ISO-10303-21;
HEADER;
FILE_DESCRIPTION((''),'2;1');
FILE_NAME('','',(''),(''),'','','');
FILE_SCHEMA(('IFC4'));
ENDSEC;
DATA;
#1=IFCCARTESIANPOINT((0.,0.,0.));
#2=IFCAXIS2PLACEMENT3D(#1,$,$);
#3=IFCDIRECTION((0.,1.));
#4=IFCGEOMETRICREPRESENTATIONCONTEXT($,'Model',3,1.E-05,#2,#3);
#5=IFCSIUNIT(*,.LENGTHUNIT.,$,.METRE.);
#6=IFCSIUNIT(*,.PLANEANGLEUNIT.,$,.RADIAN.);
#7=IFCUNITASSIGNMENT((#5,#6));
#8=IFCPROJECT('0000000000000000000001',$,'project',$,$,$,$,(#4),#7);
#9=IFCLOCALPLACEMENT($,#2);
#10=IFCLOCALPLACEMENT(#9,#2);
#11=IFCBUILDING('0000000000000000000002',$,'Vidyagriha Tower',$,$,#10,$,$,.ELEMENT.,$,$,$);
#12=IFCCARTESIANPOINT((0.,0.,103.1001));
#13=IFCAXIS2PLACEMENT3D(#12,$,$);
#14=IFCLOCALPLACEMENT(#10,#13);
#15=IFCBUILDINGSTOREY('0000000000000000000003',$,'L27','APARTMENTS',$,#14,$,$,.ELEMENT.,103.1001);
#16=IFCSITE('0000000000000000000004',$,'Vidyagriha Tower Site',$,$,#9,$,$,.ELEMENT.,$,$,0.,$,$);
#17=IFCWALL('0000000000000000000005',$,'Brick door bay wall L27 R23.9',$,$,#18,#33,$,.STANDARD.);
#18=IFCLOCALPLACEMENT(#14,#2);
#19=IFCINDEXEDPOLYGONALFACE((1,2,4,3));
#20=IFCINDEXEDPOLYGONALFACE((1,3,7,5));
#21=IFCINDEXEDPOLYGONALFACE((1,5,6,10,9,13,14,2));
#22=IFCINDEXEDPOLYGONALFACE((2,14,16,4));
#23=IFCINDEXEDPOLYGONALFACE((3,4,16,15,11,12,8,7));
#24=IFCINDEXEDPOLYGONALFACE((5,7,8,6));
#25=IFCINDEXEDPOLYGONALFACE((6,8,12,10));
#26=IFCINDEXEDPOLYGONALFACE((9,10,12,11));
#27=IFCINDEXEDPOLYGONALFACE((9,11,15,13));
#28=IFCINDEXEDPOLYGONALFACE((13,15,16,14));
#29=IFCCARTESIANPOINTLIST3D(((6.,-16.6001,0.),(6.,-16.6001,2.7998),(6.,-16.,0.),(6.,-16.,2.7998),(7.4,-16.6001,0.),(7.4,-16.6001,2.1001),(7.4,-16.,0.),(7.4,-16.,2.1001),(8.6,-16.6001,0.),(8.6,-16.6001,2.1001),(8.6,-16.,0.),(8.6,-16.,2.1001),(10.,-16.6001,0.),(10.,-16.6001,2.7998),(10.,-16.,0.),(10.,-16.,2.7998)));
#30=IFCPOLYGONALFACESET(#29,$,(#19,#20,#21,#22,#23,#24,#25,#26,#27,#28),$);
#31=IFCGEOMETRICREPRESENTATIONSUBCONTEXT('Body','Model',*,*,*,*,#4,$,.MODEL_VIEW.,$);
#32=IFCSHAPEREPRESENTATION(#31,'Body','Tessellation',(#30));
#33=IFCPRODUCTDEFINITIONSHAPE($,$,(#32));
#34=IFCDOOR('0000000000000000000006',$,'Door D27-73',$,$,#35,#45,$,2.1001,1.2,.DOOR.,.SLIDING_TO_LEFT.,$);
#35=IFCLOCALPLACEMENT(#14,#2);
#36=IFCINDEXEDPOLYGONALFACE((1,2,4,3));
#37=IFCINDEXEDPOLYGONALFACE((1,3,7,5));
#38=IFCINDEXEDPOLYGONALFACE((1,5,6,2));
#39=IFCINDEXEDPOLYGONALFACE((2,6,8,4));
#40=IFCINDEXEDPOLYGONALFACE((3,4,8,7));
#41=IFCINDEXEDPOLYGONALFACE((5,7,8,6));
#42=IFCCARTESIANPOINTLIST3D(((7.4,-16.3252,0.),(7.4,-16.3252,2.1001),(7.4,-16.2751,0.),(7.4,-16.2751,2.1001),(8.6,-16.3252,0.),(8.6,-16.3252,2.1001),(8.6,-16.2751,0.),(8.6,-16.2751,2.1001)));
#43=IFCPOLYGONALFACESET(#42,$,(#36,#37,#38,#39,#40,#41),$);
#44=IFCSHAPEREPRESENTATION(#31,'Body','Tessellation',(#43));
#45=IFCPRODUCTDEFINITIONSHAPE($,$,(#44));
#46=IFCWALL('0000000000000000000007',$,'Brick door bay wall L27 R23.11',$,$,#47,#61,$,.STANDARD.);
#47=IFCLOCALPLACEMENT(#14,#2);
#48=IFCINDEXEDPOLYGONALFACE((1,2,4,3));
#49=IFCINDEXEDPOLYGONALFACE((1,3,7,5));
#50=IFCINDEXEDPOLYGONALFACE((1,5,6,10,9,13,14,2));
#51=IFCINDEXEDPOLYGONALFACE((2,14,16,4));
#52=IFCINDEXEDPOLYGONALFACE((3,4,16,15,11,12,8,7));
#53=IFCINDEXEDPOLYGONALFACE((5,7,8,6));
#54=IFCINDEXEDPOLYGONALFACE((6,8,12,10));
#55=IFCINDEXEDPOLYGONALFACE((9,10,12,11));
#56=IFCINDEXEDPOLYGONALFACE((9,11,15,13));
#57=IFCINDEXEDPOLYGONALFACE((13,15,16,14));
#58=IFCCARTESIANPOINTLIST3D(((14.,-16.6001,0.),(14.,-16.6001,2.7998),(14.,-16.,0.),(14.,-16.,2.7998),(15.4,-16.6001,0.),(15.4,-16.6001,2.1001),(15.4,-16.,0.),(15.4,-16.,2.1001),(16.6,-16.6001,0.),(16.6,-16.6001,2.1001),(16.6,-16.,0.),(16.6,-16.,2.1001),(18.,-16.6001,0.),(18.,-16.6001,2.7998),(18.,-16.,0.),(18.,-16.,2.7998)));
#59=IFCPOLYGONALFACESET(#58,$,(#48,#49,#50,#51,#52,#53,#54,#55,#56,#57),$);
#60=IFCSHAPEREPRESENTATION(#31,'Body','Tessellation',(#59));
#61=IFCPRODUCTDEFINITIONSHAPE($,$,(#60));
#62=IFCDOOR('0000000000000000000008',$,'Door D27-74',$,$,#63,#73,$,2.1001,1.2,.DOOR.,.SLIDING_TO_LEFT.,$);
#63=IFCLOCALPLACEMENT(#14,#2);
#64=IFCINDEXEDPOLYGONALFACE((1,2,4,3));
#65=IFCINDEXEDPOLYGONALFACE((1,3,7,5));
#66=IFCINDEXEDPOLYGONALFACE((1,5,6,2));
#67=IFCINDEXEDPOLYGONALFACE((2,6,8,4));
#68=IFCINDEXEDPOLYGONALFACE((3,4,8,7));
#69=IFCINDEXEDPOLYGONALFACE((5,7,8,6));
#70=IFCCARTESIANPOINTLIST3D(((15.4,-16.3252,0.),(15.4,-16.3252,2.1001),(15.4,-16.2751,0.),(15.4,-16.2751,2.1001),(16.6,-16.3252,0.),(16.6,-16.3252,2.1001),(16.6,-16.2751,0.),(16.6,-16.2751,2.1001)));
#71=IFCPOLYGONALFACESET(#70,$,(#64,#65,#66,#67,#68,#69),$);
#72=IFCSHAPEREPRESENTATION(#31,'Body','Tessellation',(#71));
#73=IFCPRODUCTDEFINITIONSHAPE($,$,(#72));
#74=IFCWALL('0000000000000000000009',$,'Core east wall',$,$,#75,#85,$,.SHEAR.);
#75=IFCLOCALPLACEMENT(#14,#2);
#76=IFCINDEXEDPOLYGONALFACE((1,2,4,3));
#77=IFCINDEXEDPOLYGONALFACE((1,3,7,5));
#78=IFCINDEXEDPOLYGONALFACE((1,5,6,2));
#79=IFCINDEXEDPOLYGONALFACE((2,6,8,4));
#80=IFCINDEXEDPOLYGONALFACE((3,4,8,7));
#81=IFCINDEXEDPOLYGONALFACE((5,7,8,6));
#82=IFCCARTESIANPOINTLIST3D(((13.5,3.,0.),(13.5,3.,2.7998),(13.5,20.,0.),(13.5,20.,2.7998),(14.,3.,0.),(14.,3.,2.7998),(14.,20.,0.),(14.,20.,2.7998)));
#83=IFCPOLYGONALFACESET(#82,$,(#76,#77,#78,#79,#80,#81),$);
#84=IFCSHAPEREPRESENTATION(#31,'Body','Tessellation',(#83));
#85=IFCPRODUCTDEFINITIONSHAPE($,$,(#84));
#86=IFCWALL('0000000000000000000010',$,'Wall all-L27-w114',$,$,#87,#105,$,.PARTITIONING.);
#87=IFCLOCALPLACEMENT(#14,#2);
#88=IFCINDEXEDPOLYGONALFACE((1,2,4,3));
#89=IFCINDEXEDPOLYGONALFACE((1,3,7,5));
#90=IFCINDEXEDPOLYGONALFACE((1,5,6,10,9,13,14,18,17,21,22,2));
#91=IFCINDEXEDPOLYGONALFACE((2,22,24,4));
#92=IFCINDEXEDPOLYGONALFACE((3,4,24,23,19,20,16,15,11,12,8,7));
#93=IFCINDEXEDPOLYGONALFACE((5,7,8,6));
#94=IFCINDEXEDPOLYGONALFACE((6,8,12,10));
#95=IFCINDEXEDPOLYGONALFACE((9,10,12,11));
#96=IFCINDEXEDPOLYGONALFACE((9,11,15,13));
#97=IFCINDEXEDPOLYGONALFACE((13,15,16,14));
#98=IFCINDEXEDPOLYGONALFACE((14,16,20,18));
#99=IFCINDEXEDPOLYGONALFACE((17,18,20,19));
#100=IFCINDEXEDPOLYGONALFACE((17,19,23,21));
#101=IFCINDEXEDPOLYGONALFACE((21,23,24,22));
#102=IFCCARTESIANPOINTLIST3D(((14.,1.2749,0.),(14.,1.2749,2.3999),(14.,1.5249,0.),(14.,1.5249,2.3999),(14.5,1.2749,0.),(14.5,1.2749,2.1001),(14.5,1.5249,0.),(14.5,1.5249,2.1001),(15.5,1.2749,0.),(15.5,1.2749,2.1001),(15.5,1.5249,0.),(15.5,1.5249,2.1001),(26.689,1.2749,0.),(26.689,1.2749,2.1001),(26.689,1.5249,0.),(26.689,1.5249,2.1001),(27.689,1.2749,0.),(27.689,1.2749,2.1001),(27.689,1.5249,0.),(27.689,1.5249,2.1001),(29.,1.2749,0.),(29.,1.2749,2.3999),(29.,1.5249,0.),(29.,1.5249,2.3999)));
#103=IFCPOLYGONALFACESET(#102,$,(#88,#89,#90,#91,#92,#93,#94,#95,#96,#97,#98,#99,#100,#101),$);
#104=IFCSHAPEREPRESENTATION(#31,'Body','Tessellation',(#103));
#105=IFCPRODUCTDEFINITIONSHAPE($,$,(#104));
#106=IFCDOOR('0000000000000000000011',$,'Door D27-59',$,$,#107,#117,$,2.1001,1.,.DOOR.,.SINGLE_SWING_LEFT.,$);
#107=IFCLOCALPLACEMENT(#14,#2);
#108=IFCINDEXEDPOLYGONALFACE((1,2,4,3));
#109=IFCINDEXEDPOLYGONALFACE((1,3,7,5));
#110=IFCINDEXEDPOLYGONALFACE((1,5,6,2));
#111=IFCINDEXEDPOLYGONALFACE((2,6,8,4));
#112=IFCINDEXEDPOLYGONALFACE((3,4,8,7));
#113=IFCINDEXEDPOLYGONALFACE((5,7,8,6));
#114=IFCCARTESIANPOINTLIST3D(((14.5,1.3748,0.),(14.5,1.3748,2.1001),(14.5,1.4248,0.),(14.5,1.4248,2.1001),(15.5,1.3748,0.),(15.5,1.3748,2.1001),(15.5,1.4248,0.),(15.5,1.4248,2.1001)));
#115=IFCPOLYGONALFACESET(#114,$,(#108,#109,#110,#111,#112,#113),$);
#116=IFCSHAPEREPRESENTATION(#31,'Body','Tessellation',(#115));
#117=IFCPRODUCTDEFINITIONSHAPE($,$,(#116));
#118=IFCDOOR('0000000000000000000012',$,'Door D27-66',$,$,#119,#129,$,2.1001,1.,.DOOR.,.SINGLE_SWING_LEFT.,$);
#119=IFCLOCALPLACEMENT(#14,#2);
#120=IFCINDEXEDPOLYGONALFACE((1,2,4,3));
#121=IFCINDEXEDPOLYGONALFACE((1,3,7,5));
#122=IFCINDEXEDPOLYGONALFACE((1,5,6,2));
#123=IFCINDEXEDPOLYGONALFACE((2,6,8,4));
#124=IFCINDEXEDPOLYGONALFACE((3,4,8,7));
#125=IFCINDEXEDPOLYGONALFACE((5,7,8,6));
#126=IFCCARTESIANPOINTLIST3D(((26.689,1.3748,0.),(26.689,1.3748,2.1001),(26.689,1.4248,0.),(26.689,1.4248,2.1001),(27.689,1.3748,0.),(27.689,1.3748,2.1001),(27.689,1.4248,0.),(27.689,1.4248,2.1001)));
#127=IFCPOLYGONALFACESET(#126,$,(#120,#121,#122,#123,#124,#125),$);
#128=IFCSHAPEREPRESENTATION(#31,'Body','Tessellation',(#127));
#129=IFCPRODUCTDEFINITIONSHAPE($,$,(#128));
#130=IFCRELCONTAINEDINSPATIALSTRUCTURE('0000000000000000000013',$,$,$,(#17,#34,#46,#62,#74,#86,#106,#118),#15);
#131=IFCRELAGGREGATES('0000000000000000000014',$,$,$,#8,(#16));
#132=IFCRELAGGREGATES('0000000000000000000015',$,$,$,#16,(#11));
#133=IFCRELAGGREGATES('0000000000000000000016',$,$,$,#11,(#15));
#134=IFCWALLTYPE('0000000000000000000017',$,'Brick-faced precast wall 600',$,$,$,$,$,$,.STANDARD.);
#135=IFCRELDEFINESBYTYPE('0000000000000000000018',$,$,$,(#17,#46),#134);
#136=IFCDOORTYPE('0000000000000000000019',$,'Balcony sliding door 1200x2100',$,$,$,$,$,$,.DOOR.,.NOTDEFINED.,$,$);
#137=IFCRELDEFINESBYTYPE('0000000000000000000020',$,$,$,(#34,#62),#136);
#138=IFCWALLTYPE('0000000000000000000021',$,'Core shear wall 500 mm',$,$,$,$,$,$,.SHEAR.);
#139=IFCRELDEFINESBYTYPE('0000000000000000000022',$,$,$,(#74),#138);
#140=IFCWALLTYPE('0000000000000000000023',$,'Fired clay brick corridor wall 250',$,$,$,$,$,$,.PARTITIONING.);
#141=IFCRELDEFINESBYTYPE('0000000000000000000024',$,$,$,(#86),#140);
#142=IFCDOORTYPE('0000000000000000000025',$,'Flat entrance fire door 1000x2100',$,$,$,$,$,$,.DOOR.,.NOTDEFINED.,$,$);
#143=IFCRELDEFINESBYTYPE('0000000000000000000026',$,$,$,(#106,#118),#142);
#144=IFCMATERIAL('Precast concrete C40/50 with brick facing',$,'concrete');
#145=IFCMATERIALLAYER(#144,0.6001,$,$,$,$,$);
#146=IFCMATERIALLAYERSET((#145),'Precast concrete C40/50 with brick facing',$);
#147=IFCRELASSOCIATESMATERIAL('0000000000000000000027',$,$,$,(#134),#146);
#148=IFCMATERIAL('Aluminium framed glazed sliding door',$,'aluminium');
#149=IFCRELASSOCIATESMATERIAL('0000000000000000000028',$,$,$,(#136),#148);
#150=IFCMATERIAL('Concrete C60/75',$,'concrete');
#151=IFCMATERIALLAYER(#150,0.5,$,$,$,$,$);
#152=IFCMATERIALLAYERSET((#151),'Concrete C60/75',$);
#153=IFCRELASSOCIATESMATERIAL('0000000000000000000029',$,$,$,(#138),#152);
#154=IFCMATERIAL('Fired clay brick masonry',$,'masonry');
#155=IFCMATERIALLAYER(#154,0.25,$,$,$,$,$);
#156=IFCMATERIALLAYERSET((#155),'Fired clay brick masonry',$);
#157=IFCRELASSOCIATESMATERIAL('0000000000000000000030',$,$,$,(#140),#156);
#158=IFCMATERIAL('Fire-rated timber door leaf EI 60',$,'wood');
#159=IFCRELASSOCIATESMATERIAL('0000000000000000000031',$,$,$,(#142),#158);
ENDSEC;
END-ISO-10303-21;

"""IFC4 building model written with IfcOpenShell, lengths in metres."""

from ifc_helpers import new_model, si_unit, direction, frame, frame_2d, origin, place, context, subcontext, project, spatial, rectangle, extrude, material, layer, layer_set, type_object, element, fill, save


model = new_model("IFC4")

# Units and contexts
model_context = context("Model", 3, precision=1e-05, world=origin(), true_north=direction((0.0, 1.0)))
body_context = subcontext(model_context, "Body", "Model", "MODEL_VIEW")
ifc_project = project(units=[si_unit("LENGTHUNIT", "METRE"), si_unit("PLANEANGLEUNIT", "RADIAN")], contexts=[model_context])

# Site, building, storey
site_placement = place(None, origin())
site = spatial("IfcSite", under=ifc_project, at=site_placement, Name="Vidyagriha Tower Site", CompositionType="ELEMENT", RefElevation=0.0)
building_placement = place(site_placement, origin())
building = spatial("IfcBuilding", under=site, at=building_placement, Name="Vidyagriha Tower", CompositionType="ELEMENT")
storey_placement = place(building_placement, frame((0.0, 0.0, 103.1001)))
storey = spatial("IfcBuildingStorey", under=building, at=storey_placement, Name="L27", Description="APARTMENTS", CompositionType="ELEMENT", Elevation=103.1001)

# Walls, openings, doors
ifc_material_1 = material(Name="Precast concrete C40/50 with brick facing", Category="concrete")
ifc_layer_1 = layer(ifc_material_1, 0.6001)
ifc_layer_set_1 = layer_set([ifc_layer_1], Name="Precast concrete C40/50 with brick facing")
wall_type_1 = type_object("IfcWallType", Name="Brick-faced precast wall 600", PredefinedType="STANDARD", material=ifc_layer_set_1)
wall_1_placement = place(storey_placement, frame((6.0, -16.3, 0.0)))
wall_1 = element("IfcWall", 1, at=wall_1_placement, inside=storey, type_object=wall_type_1, Name="Brick door bay wall L27 R23.9", PredefinedType="STANDARD", context=body_context, shape_type="SweptSolid", body=[
    extrude(rectangle(XDim=4.0, YDim=0.6001, at=frame_2d((2.0, 0.0))), origin(), (0.0, 0.0, 1.0), 2.7998),
])
opening_1_placement = place(wall_1_placement, frame((1.3999, 0.0, 0.0)))
opening_1 = element("IfcOpeningElement", 2, at=opening_1_placement, cuts=wall_1, PredefinedType="OPENING", context=body_context, shape_type="SweptSolid", body=[
    extrude(rectangle(XDim=1.2, YDim=2.1001, at=frame_2d((0.6001, 1.05))), frame((0.0, 0.3101, 0.0), z_axis=(0.0, -1.0, 0.0), x_axis=(1.0, 0.0, 0.0)), (0.0, 0.0, 1.0), 0.6201),
])
ifc_material_2 = material(Name="Aluminium framed glazed sliding door", Category="aluminium")
door_type_1 = type_object("IfcDoorType", Name="Balcony sliding door 1200x2100", OperationType="NOTDEFINED", PredefinedType="DOOR", material=ifc_material_2)
door_1_placement = place(opening_1_placement, origin())
door_1 = element("IfcDoor", 3, at=door_1_placement, inside=storey, type_object=door_type_1, Name="Door D27-73", OperationType="SLIDING_TO_LEFT", OverallHeight=2.1001, OverallWidth=1.2, PredefinedType="DOOR", context=body_context, shape_type="SweptSolid", body=[
    extrude(rectangle(XDim=1.2, YDim=2.1001, at=frame_2d((0.6001, 1.05))), frame((0.0, 0.0249, 0.0), z_axis=(0.0, -1.0, 0.0), x_axis=(1.0, 0.0, 0.0)), (0.0, 0.0, 1.0), 0.05),
])
fill(opening_1, door_1)
wall_2_placement = place(storey_placement, frame((14.0, -16.3, 0.0)))
wall_2 = element("IfcWall", 4, at=wall_2_placement, inside=storey, type_object=wall_type_1, Name="Brick door bay wall L27 R23.11", PredefinedType="STANDARD", context=body_context, shape_type="SweptSolid", body=[
    extrude(rectangle(XDim=4.0, YDim=0.6001, at=frame_2d((2.0, 0.0))), origin(), (0.0, 0.0, 1.0), 2.7998),
])
opening_2_placement = place(wall_2_placement, frame((1.3999, 0.0, 0.0)))
opening_2 = element("IfcOpeningElement", 5, at=opening_2_placement, cuts=wall_2, PredefinedType="OPENING", context=body_context, shape_type="SweptSolid", body=[
    extrude(rectangle(XDim=1.2, YDim=2.1001, at=frame_2d((0.6001, 1.05))), frame((0.0, 0.3101, 0.0), z_axis=(0.0, -1.0, 0.0), x_axis=(1.0, 0.0, 0.0)), (0.0, 0.0, 1.0), 0.6201),
])
door_2_placement = place(opening_2_placement, origin())
door_2 = element("IfcDoor", 6, at=door_2_placement, inside=storey, type_object=door_type_1, Name="Door D27-74", OperationType="SLIDING_TO_LEFT", OverallHeight=2.1001, OverallWidth=1.2, PredefinedType="DOOR", context=body_context, shape_type="SweptSolid", body=[
    extrude(rectangle(XDim=1.2, YDim=2.1001, at=frame_2d((0.6001, 1.05))), frame((0.0, 0.0249, 0.0), z_axis=(0.0, -1.0, 0.0), x_axis=(1.0, 0.0, 0.0)), (0.0, 0.0, 1.0), 0.05),
])
fill(opening_2, door_2)

# Wall
ifc_material_3 = material(Name="Concrete C60/75", Category="concrete")
ifc_layer_2 = layer(ifc_material_3, 0.5)
ifc_layer_set_2 = layer_set([ifc_layer_2], Name="Concrete C60/75")
wall_type_2 = type_object("IfcWallType", Name="Core shear wall 500 mm", PredefinedType="SHEAR", material=ifc_layer_set_2)
wall_3_placement = place(storey_placement, frame((13.75, 3.0, 0.0), z_axis=(0.0, 0.0, 1.0), x_axis=(0.0, 1.0, 0.0)))
element("IfcWall", 7, at=wall_3_placement, inside=storey, type_object=wall_type_2, Name="Core east wall", PredefinedType="SHEAR", context=body_context, shape_type="SweptSolid", body=[
    extrude(rectangle(XDim=17.0, YDim=0.5, at=frame_2d((8.5, 0.0))), origin(), (0.0, 0.0, 1.0), 2.7998),
])

# Wall, openings, doors
ifc_material_4 = material(Name="Fired clay brick masonry", Category="masonry")
ifc_layer_3 = layer(ifc_material_4, 0.25)
ifc_layer_set_3 = layer_set([ifc_layer_3], Name="Fired clay brick masonry")
wall_type_3 = type_object("IfcWallType", Name="Fired clay brick corridor wall 250", PredefinedType="PARTITIONING", material=ifc_layer_set_3)
wall_4_placement = place(storey_placement, frame((14.0, 1.3999, 0.0)))
wall_4 = element("IfcWall", 8, at=wall_4_placement, inside=storey, type_object=wall_type_3, Name="Wall all-L27-w114", PredefinedType="PARTITIONING", context=body_context, shape_type="SweptSolid", body=[
    extrude(rectangle(XDim=15.0, YDim=0.25, at=frame_2d((7.5, 0.0))), origin(), (0.0, 0.0, 1.0), 2.3999),
])
opening_3_placement = place(wall_4_placement, frame((0.5, 0.0, 0.0)))
opening_3 = element("IfcOpeningElement", 9, at=opening_3_placement, cuts=wall_4, PredefinedType="OPENING", context=body_context, shape_type="SweptSolid", body=[
    extrude(rectangle(XDim=1.0, YDim=2.1001, at=frame_2d((0.5, 1.05))), frame((0.0, 0.135, 0.0), z_axis=(0.0, -1.0, 0.0), x_axis=(1.0, 0.0, 0.0)), (0.0, 0.0, 1.0), 0.27),
])
opening_4_placement = place(wall_4_placement, frame((12.689, 0.0, 0.0)))
opening_4 = element("IfcOpeningElement", 10, at=opening_4_placement, cuts=wall_4, PredefinedType="OPENING", context=body_context, shape_type="SweptSolid", body=[
    extrude(rectangle(XDim=1.0, YDim=2.1001, at=frame_2d((0.5, 1.05))), frame((0.0, 0.135, 0.0), z_axis=(0.0, -1.0, 0.0), x_axis=(1.0, 0.0, 0.0)), (0.0, 0.0, 1.0), 0.27),
])
ifc_material_5 = material(Name="Fire-rated timber door leaf EI 60", Category="wood")
door_type_2 = type_object("IfcDoorType", Name="Flat entrance fire door 1000x2100", OperationType="NOTDEFINED", PredefinedType="DOOR", material=ifc_material_5)
door_3_placement = place(opening_3_placement, origin())
door_3 = element("IfcDoor", 11, at=door_3_placement, inside=storey, type_object=door_type_2, Name="Door D27-59", OperationType="SINGLE_SWING_LEFT", OverallHeight=2.1001, OverallWidth=1.0, PredefinedType="DOOR", context=body_context, shape_type="SweptSolid", body=[
    extrude(rectangle(XDim=1.0, YDim=2.1001, at=frame_2d((0.5, 1.05))), frame((0.0, 0.0249, 0.0), z_axis=(0.0, -1.0, 0.0), x_axis=(1.0, 0.0, 0.0)), (0.0, 0.0, 1.0), 0.05),
])
fill(opening_3, door_3)
door_4_placement = place(opening_4_placement, origin())
door_4 = element("IfcDoor", 12, at=door_4_placement, inside=storey, type_object=door_type_2, Name="Door D27-66", OperationType="SINGLE_SWING_LEFT", OverallHeight=2.1001, OverallWidth=1.0, PredefinedType="DOOR", context=body_context, shape_type="SweptSolid", body=[
    extrude(rectangle(XDim=1.0, YDim=2.1001, at=frame_2d((0.5, 1.05))), frame((0.0, 0.0249, 0.0), z_axis=(0.0, -1.0, 0.0), x_axis=(1.0, 0.0, 0.0)), (0.0, 0.0, 1.0), 0.05),
])
fill(opening_4, door_4)

save(model, "model.ifc")
